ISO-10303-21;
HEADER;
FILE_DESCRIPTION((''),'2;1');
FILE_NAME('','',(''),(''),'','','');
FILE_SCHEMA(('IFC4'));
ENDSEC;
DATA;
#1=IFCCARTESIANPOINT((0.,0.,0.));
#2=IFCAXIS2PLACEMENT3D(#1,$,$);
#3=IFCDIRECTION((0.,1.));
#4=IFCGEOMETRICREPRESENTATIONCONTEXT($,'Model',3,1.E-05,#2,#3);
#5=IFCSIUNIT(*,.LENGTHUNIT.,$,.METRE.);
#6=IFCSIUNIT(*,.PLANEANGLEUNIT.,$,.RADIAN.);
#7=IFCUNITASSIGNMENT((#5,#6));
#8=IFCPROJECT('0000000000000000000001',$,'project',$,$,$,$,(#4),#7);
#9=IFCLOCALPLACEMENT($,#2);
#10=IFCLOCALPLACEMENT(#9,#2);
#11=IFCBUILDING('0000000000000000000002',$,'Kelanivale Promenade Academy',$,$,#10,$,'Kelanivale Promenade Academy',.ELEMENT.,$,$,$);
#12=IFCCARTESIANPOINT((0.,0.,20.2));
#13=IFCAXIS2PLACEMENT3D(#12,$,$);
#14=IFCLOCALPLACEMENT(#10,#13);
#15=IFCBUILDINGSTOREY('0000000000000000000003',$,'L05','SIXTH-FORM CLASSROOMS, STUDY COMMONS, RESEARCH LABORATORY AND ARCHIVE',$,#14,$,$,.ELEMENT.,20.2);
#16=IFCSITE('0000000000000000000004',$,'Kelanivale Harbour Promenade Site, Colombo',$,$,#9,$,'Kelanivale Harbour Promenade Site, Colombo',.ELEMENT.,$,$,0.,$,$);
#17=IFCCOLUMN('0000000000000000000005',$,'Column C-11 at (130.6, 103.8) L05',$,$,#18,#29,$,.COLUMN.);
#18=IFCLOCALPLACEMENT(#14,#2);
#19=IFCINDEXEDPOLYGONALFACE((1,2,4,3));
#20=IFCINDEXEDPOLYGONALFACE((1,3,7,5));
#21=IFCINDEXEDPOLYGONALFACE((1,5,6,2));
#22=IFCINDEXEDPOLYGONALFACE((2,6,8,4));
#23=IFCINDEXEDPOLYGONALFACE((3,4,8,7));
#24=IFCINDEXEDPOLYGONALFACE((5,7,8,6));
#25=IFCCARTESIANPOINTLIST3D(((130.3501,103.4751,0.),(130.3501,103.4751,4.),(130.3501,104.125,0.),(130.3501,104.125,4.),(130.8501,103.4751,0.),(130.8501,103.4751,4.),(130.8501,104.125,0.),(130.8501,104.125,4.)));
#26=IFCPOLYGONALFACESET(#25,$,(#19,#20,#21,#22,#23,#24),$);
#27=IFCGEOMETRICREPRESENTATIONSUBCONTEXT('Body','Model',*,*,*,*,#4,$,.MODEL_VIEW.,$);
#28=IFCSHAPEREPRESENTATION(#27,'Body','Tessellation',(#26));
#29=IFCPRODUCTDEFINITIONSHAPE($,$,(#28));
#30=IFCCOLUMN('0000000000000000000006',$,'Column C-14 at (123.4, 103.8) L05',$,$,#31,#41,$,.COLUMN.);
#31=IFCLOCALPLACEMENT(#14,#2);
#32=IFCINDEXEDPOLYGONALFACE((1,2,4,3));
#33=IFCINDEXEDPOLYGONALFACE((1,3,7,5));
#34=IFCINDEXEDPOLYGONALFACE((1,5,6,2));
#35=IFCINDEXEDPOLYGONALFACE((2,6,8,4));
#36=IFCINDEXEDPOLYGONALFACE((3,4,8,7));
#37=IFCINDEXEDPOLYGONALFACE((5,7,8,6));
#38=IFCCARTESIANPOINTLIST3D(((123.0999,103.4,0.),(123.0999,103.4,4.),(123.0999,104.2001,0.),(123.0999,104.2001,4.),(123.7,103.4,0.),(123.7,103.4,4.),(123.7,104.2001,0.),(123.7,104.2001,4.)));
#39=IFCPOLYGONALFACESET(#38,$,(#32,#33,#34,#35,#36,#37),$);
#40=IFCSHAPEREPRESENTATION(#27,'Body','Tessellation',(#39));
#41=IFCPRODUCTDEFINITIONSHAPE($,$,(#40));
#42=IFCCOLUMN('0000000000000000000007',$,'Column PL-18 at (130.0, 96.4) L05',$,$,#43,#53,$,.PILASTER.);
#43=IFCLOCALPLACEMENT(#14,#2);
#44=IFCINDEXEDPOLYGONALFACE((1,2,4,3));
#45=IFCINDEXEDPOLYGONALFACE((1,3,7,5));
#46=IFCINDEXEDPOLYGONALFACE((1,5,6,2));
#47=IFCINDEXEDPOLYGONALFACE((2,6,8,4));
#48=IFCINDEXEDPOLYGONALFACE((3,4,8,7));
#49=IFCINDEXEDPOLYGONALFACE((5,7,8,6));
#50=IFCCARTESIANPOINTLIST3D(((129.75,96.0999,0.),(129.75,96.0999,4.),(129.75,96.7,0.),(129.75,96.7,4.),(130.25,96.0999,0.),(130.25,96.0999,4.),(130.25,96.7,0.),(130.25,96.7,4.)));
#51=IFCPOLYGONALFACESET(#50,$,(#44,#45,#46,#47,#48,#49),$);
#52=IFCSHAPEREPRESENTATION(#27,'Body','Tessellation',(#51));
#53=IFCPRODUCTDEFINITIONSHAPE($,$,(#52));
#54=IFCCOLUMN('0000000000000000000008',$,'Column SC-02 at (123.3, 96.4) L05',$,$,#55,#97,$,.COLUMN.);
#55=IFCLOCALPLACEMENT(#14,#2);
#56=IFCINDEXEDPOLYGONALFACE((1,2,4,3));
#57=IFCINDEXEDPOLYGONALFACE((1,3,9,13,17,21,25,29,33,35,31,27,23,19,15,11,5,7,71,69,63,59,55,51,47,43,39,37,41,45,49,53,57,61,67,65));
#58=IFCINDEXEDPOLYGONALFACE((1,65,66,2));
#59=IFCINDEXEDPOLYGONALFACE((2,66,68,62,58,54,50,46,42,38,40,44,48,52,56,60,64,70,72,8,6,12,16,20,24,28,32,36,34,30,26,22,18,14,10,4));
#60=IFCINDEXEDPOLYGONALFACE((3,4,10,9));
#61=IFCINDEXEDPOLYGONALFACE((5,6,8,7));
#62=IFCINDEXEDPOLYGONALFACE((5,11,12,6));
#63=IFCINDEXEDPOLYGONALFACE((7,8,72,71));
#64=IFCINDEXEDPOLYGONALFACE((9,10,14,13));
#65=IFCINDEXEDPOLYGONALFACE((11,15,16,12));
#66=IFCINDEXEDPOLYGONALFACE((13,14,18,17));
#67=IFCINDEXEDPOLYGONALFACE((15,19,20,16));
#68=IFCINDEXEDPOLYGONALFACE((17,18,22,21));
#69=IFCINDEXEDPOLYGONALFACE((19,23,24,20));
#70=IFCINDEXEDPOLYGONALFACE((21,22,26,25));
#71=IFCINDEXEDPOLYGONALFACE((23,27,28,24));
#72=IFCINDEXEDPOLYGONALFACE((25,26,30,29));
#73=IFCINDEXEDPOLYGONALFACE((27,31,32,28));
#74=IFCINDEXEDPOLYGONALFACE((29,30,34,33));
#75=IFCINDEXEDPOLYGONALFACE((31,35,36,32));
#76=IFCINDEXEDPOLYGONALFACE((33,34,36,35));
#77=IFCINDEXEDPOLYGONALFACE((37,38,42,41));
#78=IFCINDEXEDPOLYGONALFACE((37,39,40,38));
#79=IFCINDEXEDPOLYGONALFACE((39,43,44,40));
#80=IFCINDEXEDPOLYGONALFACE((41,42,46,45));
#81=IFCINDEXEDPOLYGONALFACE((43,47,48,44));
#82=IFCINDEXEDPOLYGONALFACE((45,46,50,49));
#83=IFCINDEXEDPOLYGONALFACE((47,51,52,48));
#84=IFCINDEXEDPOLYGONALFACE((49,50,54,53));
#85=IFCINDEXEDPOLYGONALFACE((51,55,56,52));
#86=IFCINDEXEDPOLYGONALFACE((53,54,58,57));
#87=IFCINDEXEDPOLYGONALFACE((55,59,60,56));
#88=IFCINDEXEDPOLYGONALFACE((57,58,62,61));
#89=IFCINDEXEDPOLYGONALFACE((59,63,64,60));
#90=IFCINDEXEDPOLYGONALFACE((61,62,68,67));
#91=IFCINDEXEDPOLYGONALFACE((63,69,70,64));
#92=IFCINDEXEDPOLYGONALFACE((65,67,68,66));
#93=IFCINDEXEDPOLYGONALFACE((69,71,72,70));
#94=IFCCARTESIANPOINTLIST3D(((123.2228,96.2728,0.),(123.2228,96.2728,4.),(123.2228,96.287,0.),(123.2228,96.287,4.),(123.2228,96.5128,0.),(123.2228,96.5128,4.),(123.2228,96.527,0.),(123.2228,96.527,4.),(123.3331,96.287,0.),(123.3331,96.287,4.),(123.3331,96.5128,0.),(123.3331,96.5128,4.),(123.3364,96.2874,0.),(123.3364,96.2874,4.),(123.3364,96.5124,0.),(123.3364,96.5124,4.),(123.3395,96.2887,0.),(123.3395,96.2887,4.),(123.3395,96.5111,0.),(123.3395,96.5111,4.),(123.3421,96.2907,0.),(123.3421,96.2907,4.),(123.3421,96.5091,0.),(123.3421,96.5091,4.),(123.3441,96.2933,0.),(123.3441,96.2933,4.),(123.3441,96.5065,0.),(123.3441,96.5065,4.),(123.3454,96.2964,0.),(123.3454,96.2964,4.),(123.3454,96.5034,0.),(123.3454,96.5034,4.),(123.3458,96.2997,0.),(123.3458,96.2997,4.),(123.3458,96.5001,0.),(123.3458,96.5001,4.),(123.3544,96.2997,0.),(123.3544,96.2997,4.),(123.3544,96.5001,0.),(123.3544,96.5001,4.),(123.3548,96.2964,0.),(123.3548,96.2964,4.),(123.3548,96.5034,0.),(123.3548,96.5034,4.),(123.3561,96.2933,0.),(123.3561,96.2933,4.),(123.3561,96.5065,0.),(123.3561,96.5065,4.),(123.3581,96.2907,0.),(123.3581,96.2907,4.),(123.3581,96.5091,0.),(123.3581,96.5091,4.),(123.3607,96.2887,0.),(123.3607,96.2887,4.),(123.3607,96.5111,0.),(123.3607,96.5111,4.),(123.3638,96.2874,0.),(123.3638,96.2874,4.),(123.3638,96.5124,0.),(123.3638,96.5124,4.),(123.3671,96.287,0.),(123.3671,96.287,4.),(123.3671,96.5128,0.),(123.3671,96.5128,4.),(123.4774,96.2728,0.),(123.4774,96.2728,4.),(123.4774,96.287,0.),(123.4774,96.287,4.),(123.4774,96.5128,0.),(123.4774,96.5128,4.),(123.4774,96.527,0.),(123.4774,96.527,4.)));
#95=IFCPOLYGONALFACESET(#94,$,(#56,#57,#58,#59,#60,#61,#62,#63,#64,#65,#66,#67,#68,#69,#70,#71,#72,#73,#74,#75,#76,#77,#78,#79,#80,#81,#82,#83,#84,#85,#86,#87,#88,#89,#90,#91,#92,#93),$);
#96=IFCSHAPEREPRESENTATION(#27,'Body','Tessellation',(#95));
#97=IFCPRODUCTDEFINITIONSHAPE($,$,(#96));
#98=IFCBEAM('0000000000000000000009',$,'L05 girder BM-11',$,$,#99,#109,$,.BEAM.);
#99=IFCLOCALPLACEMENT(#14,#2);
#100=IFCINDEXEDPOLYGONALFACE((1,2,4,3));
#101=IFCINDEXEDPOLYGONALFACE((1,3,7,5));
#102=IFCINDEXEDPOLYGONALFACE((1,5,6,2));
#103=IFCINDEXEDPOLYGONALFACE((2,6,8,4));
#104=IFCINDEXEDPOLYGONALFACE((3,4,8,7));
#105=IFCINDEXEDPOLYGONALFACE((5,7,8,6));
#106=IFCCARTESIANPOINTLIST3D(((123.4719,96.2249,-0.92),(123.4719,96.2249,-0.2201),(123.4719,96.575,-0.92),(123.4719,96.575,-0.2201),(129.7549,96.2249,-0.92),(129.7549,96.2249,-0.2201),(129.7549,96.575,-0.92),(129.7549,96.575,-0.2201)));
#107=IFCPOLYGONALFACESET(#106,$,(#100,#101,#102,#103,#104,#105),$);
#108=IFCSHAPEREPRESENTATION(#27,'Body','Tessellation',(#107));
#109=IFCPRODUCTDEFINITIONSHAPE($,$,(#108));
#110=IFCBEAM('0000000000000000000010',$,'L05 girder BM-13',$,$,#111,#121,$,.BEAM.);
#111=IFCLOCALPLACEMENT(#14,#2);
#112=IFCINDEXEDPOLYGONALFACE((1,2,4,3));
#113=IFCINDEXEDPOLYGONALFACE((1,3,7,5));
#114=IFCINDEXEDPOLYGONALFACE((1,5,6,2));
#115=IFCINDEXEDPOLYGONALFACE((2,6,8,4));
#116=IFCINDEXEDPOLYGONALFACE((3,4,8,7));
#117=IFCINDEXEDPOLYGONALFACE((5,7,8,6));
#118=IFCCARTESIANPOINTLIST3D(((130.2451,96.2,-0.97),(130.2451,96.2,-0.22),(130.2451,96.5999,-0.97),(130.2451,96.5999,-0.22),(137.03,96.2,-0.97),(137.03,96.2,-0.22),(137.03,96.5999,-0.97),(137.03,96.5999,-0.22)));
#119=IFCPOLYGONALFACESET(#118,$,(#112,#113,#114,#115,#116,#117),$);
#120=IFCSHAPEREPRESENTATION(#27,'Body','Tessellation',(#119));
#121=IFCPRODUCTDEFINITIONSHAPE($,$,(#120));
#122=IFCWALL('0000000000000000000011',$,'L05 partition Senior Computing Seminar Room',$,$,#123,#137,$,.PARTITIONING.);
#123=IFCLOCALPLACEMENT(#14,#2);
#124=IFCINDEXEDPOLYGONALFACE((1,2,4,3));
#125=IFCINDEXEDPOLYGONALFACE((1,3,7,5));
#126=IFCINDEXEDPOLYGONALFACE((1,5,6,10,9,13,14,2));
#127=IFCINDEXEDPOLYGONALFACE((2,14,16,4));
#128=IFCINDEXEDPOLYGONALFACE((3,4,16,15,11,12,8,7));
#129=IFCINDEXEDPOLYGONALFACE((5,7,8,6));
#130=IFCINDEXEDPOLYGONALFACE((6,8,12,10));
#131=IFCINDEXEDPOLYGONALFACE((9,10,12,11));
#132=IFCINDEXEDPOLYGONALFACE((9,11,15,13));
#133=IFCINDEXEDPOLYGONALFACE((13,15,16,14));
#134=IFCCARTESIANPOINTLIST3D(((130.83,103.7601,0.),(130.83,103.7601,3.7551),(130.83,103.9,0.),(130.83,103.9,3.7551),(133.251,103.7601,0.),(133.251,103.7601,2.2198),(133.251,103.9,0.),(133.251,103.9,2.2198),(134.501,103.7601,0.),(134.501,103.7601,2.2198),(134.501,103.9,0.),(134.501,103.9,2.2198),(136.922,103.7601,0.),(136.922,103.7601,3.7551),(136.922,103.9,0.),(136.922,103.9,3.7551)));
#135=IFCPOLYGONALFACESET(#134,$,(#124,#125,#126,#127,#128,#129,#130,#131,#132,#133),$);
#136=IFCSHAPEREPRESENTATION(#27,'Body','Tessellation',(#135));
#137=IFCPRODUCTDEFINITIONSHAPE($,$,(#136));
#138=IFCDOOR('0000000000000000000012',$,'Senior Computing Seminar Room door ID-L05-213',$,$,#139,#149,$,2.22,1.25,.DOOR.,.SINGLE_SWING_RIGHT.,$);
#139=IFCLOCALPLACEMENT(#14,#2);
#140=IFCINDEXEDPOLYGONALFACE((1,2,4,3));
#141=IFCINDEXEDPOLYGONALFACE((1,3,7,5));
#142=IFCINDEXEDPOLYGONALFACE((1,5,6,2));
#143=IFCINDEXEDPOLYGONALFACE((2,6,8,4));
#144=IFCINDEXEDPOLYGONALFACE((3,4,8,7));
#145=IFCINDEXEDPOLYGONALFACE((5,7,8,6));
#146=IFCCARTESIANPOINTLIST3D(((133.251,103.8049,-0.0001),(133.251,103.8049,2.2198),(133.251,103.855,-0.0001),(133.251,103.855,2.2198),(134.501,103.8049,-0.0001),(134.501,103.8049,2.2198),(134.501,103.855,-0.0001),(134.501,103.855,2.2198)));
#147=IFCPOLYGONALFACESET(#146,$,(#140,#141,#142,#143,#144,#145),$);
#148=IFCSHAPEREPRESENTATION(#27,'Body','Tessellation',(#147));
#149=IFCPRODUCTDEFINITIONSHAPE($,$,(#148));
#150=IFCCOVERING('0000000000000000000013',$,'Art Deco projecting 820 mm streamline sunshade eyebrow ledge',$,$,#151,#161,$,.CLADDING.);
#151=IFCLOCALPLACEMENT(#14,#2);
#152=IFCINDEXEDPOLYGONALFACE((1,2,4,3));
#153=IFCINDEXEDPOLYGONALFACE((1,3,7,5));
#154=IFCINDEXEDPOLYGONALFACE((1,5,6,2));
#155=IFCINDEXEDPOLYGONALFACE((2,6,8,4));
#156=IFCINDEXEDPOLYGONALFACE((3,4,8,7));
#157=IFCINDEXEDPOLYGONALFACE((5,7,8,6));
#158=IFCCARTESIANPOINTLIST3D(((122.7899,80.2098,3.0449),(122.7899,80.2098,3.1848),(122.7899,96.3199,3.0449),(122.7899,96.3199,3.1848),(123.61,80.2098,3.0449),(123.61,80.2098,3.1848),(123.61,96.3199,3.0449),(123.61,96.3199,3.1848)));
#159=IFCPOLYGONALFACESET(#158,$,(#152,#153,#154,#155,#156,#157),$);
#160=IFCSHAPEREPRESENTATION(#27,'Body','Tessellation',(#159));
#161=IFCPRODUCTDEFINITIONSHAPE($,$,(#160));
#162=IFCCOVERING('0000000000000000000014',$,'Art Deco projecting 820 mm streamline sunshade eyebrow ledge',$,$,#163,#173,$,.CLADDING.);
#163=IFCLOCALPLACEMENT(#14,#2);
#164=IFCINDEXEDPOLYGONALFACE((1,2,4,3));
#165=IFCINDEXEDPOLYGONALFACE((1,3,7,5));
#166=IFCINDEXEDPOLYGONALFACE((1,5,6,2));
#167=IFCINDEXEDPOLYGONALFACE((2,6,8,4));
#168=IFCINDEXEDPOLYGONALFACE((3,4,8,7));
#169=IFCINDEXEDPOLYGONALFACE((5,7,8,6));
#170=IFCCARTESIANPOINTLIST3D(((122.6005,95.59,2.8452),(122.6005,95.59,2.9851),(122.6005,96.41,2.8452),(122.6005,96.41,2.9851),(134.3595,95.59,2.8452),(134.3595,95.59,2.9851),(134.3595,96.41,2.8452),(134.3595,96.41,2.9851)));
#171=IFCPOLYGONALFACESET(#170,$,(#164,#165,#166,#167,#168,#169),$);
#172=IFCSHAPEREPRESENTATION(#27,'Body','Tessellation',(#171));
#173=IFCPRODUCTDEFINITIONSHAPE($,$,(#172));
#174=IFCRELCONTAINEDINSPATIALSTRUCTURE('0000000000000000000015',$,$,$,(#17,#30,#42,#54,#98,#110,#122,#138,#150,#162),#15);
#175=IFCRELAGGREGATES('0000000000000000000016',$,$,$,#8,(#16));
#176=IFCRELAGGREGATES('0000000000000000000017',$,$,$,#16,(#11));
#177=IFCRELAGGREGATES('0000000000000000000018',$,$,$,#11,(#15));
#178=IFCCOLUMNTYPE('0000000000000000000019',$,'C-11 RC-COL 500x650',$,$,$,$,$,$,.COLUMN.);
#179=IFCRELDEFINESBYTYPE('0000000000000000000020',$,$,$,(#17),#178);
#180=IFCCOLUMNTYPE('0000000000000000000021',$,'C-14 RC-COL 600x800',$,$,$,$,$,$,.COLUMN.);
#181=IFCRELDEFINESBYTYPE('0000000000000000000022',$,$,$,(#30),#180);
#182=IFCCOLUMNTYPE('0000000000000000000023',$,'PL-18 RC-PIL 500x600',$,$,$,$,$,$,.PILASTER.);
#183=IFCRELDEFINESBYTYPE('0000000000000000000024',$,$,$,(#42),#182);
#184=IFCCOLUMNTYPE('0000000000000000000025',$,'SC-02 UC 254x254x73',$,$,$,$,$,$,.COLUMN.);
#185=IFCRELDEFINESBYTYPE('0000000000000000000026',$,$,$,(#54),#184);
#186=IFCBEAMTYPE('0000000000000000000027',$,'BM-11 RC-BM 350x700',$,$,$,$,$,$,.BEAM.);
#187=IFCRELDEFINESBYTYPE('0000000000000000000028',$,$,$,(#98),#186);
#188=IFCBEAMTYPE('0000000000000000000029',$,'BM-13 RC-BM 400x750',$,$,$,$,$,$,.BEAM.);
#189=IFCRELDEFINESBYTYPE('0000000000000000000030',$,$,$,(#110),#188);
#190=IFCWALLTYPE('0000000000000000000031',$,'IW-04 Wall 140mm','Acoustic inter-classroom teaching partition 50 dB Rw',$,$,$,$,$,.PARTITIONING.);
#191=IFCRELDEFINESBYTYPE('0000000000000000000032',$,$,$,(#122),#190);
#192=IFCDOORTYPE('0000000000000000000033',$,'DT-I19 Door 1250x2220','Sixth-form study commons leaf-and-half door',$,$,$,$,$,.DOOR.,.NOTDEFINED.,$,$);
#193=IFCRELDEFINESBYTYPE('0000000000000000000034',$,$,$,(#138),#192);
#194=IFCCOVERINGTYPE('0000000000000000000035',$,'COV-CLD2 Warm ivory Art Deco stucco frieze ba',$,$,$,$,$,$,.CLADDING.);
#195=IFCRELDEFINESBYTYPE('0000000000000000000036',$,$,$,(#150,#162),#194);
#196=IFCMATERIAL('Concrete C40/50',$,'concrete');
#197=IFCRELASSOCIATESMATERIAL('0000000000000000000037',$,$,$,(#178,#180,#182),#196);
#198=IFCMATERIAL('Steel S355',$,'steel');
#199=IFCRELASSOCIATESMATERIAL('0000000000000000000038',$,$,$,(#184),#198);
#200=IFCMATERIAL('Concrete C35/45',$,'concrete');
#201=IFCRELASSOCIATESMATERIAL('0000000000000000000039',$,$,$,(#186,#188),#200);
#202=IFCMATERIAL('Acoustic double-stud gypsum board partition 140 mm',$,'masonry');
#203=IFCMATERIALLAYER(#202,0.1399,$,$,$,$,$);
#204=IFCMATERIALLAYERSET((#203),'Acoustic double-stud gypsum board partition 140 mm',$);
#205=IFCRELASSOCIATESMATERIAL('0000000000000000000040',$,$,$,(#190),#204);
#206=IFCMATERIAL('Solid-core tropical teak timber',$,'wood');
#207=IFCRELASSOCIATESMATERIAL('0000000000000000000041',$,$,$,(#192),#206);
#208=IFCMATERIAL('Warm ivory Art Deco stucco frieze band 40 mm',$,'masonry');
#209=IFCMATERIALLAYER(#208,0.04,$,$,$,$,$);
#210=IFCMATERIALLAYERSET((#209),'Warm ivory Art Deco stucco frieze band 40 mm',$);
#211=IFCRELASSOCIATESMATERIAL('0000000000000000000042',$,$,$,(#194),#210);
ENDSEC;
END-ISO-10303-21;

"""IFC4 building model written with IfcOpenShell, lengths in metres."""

from ifc_helpers import new_model, si_unit, direction, frame, frame_2d, origin, origin_2d, place, context, subcontext, project, spatial, rectangle, i_section, extrude, material, layer, layer_set, material_profile, profile_set, type_object, element, fill, save


model = new_model("IFC4")

# Units and contexts
model_context = context("Model", 3, precision=1e-05, world=origin(), true_north=direction((0.0, 1.0)))
body_context = subcontext(model_context, "Body", "Model", "MODEL_VIEW")
ifc_project = project(units=[si_unit("LENGTHUNIT", "METRE"), si_unit("PLANEANGLEUNIT", "RADIAN")], contexts=[model_context])

# Site, building, storey
site_placement = place(None, origin())
site = spatial("IfcSite", under=ifc_project, at=site_placement, Name="Kelanivale Harbour Promenade Site, Colombo", LongName="Kelanivale Harbour Promenade Site, Colombo", CompositionType="ELEMENT", RefElevation=0.0)
building_placement = place(site_placement, origin())
building = spatial("IfcBuilding", under=site, at=building_placement, Name="Kelanivale Promenade Academy", LongName="Kelanivale Promenade Academy", CompositionType="ELEMENT")
storey_placement = place(building_placement, frame((0.0, 0.0, 20.2)))
storey = spatial("IfcBuildingStorey", under=building, at=storey_placement, Name="L05", Description="SIXTH-FORM CLASSROOMS, STUDY COMMONS, RESEARCH LABORATORY AND ARCHIVE", CompositionType="ELEMENT", Elevation=20.2)

# Columns
ifc_material_1 = material(Name="Concrete C40/50", Category="concrete")
ifc_material_profile_1 = material_profile(ifc_material_1, rectangle(XDim=0.5, YDim=0.6499, at=origin_2d()), Name="RC-COL 500x650")
ifc_profile_set_1 = profile_set([ifc_material_profile_1], Name="Concrete C40/50")
column_type_1 = type_object("IfcColumnType", Name="C-11 RC-COL 500x650", PredefinedType="COLUMN", material=ifc_profile_set_1)
column_1_placement = place(storey_placement, frame((130.6001, 103.8, 0.0), z_axis=(0.0, 0.0, 1.0), x_axis=(1.0, 0.0, 0.0)))
element("IfcColumn", 1, at=column_1_placement, inside=storey, type_object=column_type_1, Name="Column C-11 at (130.6, 103.8) L05", PredefinedType="COLUMN", context=body_context, shape_type="SweptSolid", body=[
    extrude(rectangle(XDim=0.5, YDim=0.6499, at=origin_2d()), origin(), (0.0, 0.0, 1.0), 4.0),
])
ifc_material_profile_2 = material_profile(ifc_material_1, rectangle(XDim=0.6001, YDim=0.8, at=origin_2d()), Name="RC-COL 600x800")
ifc_profile_set_2 = profile_set([ifc_material_profile_2], Name="Concrete C40/50")
column_type_2 = type_object("IfcColumnType", Name="C-14 RC-COL 600x800", PredefinedType="COLUMN", material=ifc_profile_set_2)
column_2_placement = place(storey_placement, frame((123.3999, 103.8, 0.0), z_axis=(0.0, 0.0, 1.0), x_axis=(1.0, 0.0, 0.0)))
element("IfcColumn", 2, at=column_2_placement, inside=storey, type_object=column_type_2, Name="Column C-14 at (123.4, 103.8) L05", PredefinedType="COLUMN", context=body_context, shape_type="SweptSolid", body=[
    extrude(rectangle(XDim=0.6001, YDim=0.8, at=origin_2d()), origin(), (0.0, 0.0, 1.0), 4.0),
])
ifc_material_profile_3 = material_profile(ifc_material_1, rectangle(XDim=0.5, YDim=0.6001, at=origin_2d()), Name="RC-PIL 500x600")
ifc_profile_set_3 = profile_set([ifc_material_profile_3], Name="Concrete C40/50")
column_type_3 = type_object("IfcColumnType", Name="PL-18 RC-PIL 500x600", PredefinedType="PILASTER", material=ifc_profile_set_3)
column_3_placement = place(storey_placement, frame((130.0, 96.3999, 0.0), z_axis=(0.0, 0.0, 1.0), x_axis=(1.0, 0.0, 0.0)))
element("IfcColumn", 3, at=column_3_placement, inside=storey, type_object=column_type_3, Name="Column PL-18 at (130.0, 96.4) L05", PredefinedType="PILASTER", context=body_context, shape_type="SweptSolid", body=[
    extrude(rectangle(XDim=0.5, YDim=0.6001, at=origin_2d()), origin(), (0.0, 0.0, 1.0), 4.0),
])
ifc_material_2 = material(Name="Steel S355", Category="steel")
ifc_material_profile_4 = material_profile(ifc_material_2, i_section(OverallWidth=0.2546, OverallDepth=0.2542, WebThickness=0.0085, FlangeThickness=0.0142, FilletRadius=0.0127, at=origin_2d()), Name="UC 254x254x73")
ifc_profile_set_4 = profile_set([ifc_material_profile_4], Name="Steel S355")
column_type_4 = type_object("IfcColumnType", Name="SC-02 UC 254x254x73", PredefinedType="COLUMN", material=ifc_profile_set_4)
column_4_placement = place(storey_placement, frame((123.3501, 96.3999, 0.0), z_axis=(0.0, 0.0, 1.0), x_axis=(1.0, 0.0, 0.0)))
element("IfcColumn", 4, at=column_4_placement, inside=storey, type_object=column_type_4, Name="Column SC-02 at (123.3, 96.4) L05", PredefinedType="COLUMN", context=body_context, shape_type="SweptSolid", body=[
    extrude(i_section(OverallWidth=0.2546, OverallDepth=0.2542, WebThickness=0.0085, FlangeThickness=0.0142, FilletRadius=0.0127, at=origin_2d()), origin(), (0.0, 0.0, 1.0), 4.0),
])

# Beams
ifc_material_3 = material(Name="Concrete C35/45", Category="concrete")
ifc_material_profile_5 = material_profile(ifc_material_3, rectangle(XDim=0.3501, YDim=0.7, at=origin_2d()), Name="RC-BM 350x700")
ifc_profile_set_5 = profile_set([ifc_material_profile_5], Name="Concrete C35/45")
beam_type_1 = type_object("IfcBeamType", Name="BM-11 RC-BM 350x700", PredefinedType="BEAM", material=ifc_profile_set_5)
beam_1_placement = place(storey_placement, frame((123.4719, 96.3999, -0.5701), z_axis=(1.0, 0.0, 0.0), x_axis=(0.0, 1.0, 0.0)))
element("IfcBeam", 5, at=beam_1_placement, inside=storey, type_object=beam_type_1, Name="L05 girder BM-11", PredefinedType="BEAM", context=body_context, shape_type="SweptSolid", body=[
    extrude(rectangle(XDim=0.3501, YDim=0.7, at=origin_2d()), origin(), (0.0, 0.0, 1.0), 6.283),
])
ifc_material_profile_6 = material_profile(ifc_material_3, rectangle(XDim=0.3999, YDim=0.75, at=origin_2d()), Name="RC-BM 400x750")
ifc_profile_set_6 = profile_set([ifc_material_profile_6], Name="Concrete C35/45")
beam_type_2 = type_object("IfcBeamType", Name="BM-13 RC-BM 400x750", PredefinedType="BEAM", material=ifc_profile_set_6)
beam_2_placement = place(storey_placement, frame((130.2451, 96.3999, -0.595), z_axis=(1.0, 0.0, 0.0), x_axis=(0.0, 1.0, 0.0)))
element("IfcBeam", 6, at=beam_2_placement, inside=storey, type_object=beam_type_2, Name="L05 girder BM-13", PredefinedType="BEAM", context=body_context, shape_type="SweptSolid", body=[
    extrude(rectangle(XDim=0.3999, YDim=0.75, at=origin_2d()), origin(), (0.0, 0.0, 1.0), 6.7849),
])

# Wall, opening, door
ifc_material_4 = material(Name="Acoustic double-stud gypsum board partition 140 mm", Category="masonry")
ifc_layer_1 = layer(ifc_material_4, 0.1399)
ifc_layer_set_1 = layer_set([ifc_layer_1], Name="Acoustic double-stud gypsum board partition 140 mm")
wall_type_1 = type_object("IfcWallType", Name="IW-04 Wall 140mm", Description="Acoustic inter-classroom teaching partition 50 dB Rw", PredefinedType="PARTITIONING", material=ifc_layer_set_1)
wall_1_placement = place(storey_placement, frame((130.8301, 103.8301, 0.0), z_axis=(0.0, 0.0, 1.0), x_axis=(1.0, 0.0, 0.0)))
wall_1 = element("IfcWall", 7, at=wall_1_placement, inside=storey, type_object=wall_type_1, Name="L05 partition Senior Computing Seminar Room", PredefinedType="PARTITIONING", context=body_context, shape_type="SweptSolid", body=[
    extrude(rectangle(XDim=6.092, YDim=0.1399, at=frame_2d((3.0459, 0.0))), origin(), (0.0, 0.0, 1.0), 3.7551),
])
opening_1_placement = place(wall_1_placement, frame((2.4209, 0.0, 0.0)))
opening_1 = element("IfcOpeningElement", 8, at=opening_1_placement, cuts=wall_1, PredefinedType="OPENING", context=body_context, shape_type="SweptSolid", body=[
    extrude(rectangle(XDim=1.25, YDim=2.22, at=frame_2d((0.625, 1.1099))), frame((0.0, 0.0801, 0.0), z_axis=(0.0, -1.0, 0.0), x_axis=(1.0, 0.0, 0.0)), (0.0, 0.0, 1.0), 0.1599),
])
ifc_material_5 = material(Name="Solid-core tropical teak timber", Category="wood")
door_type_1 = type_object("IfcDoorType", Name="DT-I19 Door 1250x2220", Description="Sixth-form study commons leaf-and-half door", OperationType="NOTDEFINED", PredefinedType="DOOR", material=ifc_material_5)
door_1_placement = place(opening_1_placement, origin())
door_1 = element("IfcDoor", 9, at=door_1_placement, inside=storey, type_object=door_type_1, Name="Senior Computing Seminar Room door ID-L05-213", OperationType="SINGLE_SWING_RIGHT", OverallHeight=2.22, OverallWidth=1.25, PredefinedType="DOOR", context=body_context, shape_type="SweptSolid", body=[
    extrude(rectangle(XDim=1.25, YDim=2.22, at=frame_2d((0.625, 1.1099))), frame((0.0, 0.0249, 0.0), z_axis=(0.0, -1.0, 0.0), x_axis=(1.0, 0.0, 0.0)), (0.0, 0.0, 1.0), 0.05),
])
fill(opening_1, door_1)

# Coverings
ifc_material_6 = material(Name="Warm ivory Art Deco stucco frieze band 40 mm", Category="masonry")
ifc_layer_2 = layer(ifc_material_6, 0.04)
ifc_layer_set_2 = layer_set([ifc_layer_2], Name="Warm ivory Art Deco stucco frieze band 40 mm")
covering_type = type_object("IfcCoveringType", Name="COV-CLD2 Warm ivory Art Deco stucco frieze ba", PredefinedType="CLADDING", material=ifc_layer_set_2)
covering_1_placement = place(storey_placement, frame((123.2, 88.2649, 3.0449), z_axis=(0.0, 0.0, 1.0), x_axis=(0.0, 1.0, 0.0)))
element("IfcCovering", 10, at=covering_1_placement, inside=storey, type_object=covering_type, Name="Art Deco projecting 820 mm streamline sunshade eyebrow ledge", PredefinedType="CLADDING", context=body_context, shape_type="SweptSolid", body=[
    extrude(rectangle(XDim=16.1101, YDim=0.8201, at=origin_2d()), origin(), (0.0, 0.0, 1.0), 0.1399),
])
covering_2_placement = place(storey_placement, frame((128.48, 96.0, 2.8452), z_axis=(0.0, 0.0, 1.0), x_axis=(1.0, 0.0, 0.0)))
element("IfcCovering", 11, at=covering_2_placement, inside=storey, type_object=covering_type, Name="Art Deco projecting 820 mm streamline sunshade eyebrow ledge", PredefinedType="CLADDING", context=body_context, shape_type="SweptSolid", body=[
    extrude(rectangle(XDim=11.759, YDim=0.8201, at=origin_2d()), origin(), (0.0, 0.0, 1.0), 0.1399),
])

save(model, "model.ifc")
